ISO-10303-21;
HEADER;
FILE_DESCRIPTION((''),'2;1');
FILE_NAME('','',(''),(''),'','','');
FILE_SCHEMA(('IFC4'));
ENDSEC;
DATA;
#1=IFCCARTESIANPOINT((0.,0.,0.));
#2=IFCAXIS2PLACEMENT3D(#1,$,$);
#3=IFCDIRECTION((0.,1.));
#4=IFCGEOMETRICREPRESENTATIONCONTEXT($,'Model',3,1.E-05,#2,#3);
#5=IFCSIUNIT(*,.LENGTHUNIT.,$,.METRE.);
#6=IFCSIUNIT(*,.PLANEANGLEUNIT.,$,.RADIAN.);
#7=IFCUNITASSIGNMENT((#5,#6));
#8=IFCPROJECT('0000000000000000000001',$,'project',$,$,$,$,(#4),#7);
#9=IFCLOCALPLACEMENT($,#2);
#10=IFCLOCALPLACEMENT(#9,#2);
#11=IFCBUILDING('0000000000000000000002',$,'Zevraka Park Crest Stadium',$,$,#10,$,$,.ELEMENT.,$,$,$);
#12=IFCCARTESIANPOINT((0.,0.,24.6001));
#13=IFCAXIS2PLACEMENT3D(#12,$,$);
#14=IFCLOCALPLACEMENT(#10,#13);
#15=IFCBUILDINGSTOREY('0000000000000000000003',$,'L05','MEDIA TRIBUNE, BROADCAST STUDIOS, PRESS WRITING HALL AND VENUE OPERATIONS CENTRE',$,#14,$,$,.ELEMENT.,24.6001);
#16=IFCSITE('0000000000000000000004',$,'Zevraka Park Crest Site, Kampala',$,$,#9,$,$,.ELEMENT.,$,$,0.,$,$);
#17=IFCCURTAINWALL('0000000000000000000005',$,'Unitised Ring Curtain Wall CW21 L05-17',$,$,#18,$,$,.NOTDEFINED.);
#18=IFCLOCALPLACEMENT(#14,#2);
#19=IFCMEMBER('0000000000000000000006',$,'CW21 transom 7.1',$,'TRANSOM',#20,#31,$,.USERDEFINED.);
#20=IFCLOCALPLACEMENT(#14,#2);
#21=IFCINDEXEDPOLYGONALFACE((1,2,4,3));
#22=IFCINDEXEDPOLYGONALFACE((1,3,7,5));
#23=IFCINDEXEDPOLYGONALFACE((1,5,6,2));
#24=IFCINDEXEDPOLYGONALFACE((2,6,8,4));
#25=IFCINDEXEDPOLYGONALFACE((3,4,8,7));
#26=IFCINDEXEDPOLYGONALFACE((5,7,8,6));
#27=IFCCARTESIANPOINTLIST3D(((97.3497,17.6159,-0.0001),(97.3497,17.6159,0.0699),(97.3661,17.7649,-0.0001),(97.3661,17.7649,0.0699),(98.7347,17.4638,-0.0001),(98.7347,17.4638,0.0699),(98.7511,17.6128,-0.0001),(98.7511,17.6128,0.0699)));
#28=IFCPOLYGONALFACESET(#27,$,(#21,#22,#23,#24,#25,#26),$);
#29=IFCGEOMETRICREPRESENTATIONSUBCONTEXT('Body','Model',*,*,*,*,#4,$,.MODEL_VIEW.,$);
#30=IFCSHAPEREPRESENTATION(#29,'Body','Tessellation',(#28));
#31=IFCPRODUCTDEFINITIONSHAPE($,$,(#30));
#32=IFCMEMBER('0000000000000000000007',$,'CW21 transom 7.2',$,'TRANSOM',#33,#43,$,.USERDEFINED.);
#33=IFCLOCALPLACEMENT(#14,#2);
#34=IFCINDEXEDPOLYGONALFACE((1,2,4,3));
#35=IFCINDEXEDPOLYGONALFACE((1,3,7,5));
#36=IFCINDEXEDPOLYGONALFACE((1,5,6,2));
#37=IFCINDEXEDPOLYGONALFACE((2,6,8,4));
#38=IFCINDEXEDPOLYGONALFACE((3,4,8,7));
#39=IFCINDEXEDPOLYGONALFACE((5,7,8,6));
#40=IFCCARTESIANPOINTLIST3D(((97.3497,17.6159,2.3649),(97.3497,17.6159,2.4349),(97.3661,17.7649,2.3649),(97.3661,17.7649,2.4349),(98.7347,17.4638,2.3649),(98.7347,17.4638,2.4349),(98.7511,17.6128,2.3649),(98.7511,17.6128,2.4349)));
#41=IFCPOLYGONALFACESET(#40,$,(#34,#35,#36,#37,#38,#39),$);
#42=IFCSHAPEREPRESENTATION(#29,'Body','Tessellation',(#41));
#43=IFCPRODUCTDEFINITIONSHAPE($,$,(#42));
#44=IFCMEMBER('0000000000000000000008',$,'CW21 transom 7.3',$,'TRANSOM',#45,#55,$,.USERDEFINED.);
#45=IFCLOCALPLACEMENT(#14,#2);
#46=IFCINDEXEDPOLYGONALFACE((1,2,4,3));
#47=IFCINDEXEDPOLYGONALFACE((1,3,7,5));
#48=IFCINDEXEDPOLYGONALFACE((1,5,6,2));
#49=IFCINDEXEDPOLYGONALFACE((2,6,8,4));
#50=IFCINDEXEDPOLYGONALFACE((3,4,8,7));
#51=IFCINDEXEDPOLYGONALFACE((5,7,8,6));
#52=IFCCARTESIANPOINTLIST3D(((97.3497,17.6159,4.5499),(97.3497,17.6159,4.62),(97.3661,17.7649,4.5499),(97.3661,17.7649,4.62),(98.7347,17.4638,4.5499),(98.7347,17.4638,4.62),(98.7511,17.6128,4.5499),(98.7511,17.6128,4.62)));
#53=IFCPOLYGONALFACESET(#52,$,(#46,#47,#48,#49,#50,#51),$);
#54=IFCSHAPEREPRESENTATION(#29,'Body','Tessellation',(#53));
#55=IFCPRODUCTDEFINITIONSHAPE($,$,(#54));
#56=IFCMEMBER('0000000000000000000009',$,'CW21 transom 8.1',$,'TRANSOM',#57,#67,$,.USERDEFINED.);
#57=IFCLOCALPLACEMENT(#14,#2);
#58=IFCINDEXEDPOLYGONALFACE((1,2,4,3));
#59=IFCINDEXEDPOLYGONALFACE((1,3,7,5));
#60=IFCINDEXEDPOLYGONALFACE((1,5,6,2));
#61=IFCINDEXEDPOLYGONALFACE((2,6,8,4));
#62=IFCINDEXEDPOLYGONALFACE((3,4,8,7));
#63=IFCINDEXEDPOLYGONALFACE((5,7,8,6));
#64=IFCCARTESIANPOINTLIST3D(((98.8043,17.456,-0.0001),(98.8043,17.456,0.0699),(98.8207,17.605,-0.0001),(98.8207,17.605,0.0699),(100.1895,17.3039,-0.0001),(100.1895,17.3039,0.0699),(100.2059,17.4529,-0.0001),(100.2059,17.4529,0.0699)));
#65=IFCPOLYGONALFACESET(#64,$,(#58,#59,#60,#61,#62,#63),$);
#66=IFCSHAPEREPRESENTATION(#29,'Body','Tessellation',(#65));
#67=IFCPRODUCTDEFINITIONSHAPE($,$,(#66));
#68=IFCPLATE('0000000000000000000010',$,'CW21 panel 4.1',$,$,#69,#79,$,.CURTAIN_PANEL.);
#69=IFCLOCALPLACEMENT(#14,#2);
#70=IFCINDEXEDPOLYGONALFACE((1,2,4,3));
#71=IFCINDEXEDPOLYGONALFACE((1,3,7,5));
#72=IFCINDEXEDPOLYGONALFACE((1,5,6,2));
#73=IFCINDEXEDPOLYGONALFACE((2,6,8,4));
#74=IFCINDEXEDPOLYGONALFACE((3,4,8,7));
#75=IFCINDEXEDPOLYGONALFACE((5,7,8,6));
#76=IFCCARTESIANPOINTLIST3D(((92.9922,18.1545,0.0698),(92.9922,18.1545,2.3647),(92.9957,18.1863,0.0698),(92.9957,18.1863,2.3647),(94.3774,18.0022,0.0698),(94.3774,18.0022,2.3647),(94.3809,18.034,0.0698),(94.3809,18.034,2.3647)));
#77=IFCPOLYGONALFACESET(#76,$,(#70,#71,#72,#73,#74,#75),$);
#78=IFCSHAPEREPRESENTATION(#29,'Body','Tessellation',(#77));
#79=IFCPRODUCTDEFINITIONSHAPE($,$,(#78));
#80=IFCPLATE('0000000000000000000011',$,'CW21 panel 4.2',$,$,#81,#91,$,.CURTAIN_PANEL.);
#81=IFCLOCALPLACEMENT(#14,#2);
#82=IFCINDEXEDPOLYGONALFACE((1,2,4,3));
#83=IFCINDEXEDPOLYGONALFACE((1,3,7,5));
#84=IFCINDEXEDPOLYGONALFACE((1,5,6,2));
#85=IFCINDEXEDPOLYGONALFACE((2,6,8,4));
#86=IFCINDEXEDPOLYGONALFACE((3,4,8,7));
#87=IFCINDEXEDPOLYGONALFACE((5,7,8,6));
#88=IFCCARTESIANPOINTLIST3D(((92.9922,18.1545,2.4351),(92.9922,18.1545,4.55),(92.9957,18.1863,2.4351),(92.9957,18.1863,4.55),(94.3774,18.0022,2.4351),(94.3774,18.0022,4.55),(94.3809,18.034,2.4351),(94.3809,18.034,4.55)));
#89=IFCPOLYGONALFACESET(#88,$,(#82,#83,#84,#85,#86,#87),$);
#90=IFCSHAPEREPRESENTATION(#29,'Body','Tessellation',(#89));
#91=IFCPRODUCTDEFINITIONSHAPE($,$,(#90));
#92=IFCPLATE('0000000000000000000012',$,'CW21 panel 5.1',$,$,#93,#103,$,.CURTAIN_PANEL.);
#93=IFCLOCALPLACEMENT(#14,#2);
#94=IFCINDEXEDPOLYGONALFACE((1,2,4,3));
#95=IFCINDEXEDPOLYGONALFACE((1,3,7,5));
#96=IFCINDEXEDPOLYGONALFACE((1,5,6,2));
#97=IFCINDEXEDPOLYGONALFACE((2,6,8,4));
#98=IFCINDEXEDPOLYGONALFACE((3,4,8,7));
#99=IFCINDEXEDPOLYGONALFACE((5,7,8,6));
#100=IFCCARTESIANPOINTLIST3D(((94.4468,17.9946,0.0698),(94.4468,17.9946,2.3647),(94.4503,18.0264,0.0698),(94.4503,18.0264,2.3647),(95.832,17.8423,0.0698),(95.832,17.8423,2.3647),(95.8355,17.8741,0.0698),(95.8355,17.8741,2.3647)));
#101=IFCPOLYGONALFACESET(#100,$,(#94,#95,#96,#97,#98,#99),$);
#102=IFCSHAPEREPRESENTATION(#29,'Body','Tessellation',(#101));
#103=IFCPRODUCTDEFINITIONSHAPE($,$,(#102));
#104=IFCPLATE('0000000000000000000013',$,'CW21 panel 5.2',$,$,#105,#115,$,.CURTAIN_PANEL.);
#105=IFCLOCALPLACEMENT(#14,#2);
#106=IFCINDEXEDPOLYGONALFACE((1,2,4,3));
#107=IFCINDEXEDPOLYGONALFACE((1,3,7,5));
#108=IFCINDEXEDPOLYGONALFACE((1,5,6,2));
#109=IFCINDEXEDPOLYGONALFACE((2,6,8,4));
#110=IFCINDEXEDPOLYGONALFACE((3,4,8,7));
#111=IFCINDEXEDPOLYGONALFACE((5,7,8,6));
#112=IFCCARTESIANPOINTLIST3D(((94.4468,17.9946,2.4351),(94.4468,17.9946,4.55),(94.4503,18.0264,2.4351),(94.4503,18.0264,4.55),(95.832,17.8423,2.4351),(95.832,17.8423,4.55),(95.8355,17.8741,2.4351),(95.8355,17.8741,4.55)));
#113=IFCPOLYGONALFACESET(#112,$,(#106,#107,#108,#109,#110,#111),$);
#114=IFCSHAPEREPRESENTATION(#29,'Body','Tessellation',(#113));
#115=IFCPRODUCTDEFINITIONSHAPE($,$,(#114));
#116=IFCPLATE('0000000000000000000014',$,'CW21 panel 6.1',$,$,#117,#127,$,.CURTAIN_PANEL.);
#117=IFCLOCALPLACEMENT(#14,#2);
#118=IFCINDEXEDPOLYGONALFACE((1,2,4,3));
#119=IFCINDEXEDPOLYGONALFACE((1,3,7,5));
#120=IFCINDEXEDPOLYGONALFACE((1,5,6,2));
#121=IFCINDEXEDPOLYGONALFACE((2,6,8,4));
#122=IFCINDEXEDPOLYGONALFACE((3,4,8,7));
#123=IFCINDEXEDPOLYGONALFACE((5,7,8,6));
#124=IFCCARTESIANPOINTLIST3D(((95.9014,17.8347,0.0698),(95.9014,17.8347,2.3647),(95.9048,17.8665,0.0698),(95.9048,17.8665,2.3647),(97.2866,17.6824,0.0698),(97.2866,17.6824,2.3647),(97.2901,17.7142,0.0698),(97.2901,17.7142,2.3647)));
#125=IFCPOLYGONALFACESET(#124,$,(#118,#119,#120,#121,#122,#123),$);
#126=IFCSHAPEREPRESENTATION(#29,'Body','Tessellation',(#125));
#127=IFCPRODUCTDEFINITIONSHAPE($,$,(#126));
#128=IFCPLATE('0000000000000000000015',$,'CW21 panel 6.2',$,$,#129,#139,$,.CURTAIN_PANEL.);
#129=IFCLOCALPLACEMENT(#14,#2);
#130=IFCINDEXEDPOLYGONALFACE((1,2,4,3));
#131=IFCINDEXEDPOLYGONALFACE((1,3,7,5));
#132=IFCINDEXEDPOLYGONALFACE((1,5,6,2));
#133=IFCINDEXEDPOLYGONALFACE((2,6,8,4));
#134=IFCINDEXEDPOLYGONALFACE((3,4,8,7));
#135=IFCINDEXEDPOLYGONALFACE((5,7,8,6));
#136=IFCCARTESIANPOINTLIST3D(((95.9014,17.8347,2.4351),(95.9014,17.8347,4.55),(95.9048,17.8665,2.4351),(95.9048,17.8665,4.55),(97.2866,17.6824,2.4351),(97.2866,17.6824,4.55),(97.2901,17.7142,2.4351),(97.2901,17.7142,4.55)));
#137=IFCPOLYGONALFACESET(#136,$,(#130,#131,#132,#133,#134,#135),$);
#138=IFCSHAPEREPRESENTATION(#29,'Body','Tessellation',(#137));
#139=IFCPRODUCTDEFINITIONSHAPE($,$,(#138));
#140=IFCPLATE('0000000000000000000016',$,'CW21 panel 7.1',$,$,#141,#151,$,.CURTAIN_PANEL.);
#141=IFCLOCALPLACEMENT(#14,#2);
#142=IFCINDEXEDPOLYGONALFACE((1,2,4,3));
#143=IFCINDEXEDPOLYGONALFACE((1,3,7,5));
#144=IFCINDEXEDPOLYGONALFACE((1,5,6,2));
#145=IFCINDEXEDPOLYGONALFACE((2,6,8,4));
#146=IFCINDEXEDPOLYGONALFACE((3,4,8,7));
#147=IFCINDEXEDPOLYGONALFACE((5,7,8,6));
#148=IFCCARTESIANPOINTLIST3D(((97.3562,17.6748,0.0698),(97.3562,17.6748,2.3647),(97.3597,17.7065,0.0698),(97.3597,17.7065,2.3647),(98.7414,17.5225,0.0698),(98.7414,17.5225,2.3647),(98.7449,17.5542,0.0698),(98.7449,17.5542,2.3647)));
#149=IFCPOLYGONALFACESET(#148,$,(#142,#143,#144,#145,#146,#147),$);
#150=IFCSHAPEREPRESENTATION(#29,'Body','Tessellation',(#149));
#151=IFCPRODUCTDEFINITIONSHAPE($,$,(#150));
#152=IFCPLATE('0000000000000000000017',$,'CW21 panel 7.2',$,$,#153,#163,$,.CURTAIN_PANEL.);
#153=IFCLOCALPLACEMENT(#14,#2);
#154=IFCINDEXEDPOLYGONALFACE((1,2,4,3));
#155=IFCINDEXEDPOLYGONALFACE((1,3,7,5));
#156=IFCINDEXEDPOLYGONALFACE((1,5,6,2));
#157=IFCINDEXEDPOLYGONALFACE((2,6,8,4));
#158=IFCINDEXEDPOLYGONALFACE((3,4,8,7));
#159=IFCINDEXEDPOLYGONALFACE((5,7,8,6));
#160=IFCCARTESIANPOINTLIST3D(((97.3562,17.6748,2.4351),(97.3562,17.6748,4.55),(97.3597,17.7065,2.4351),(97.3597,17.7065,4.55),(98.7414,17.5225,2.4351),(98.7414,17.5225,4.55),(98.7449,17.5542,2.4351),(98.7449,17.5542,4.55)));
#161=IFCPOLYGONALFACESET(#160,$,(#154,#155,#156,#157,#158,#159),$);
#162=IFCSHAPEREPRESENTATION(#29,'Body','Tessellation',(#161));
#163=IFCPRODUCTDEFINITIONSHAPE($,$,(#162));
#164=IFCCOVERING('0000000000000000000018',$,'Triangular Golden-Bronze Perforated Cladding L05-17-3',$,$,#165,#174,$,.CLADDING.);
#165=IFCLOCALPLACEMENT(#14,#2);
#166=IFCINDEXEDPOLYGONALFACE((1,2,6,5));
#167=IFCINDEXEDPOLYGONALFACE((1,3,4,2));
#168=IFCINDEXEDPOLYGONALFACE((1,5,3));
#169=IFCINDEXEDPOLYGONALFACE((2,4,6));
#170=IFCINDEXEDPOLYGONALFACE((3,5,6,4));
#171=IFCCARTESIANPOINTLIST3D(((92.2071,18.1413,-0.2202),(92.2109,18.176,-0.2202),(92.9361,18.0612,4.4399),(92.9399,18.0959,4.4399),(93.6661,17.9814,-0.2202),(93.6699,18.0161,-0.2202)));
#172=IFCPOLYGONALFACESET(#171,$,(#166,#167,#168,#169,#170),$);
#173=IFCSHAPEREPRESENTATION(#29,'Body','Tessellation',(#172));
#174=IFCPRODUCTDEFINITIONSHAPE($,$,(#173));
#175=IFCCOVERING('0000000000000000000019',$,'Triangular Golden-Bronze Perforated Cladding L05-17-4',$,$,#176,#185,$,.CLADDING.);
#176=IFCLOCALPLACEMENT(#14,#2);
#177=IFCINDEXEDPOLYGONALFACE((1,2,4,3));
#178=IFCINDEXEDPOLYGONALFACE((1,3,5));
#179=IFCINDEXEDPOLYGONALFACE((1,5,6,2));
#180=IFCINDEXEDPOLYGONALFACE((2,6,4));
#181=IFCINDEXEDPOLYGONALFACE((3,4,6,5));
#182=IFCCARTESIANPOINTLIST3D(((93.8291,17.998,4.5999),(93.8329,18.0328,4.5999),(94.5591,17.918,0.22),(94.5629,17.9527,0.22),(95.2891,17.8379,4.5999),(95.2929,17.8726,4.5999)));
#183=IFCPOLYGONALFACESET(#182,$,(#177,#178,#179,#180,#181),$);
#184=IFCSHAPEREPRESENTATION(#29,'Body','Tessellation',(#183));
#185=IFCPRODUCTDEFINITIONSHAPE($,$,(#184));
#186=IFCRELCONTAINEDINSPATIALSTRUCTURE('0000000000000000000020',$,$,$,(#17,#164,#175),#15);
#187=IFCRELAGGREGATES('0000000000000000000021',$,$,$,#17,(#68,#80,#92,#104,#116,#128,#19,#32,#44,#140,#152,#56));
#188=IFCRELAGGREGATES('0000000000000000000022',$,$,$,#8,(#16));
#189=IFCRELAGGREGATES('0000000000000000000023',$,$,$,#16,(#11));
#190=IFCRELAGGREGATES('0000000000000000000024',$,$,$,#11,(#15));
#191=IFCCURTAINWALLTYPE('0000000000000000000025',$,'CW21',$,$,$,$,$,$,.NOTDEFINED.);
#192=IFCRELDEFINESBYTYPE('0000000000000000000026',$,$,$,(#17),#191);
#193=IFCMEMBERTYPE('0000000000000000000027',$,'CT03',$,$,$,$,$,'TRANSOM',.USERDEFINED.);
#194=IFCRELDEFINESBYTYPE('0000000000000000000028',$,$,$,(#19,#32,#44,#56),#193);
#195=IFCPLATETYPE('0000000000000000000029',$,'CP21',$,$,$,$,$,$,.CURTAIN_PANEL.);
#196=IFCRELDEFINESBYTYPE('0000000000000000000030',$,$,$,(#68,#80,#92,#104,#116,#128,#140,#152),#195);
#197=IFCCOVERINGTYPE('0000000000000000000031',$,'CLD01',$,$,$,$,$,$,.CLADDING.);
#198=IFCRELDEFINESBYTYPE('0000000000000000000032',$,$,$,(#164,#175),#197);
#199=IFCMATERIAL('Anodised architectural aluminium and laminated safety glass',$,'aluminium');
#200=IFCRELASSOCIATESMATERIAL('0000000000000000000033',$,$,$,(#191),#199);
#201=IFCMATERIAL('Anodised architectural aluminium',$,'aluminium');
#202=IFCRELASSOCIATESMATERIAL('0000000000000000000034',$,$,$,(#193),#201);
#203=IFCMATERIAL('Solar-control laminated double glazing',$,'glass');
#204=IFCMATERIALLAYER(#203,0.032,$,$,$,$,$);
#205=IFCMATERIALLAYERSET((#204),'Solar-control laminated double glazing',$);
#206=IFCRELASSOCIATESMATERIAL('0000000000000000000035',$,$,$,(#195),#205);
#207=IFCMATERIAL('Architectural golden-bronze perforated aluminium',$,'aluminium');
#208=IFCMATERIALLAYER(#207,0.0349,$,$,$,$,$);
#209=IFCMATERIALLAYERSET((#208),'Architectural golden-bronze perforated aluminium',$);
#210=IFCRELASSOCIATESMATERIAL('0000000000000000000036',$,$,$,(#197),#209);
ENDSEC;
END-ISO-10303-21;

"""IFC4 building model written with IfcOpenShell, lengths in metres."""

from ifc_helpers import new_model, si_unit, direction, frame, origin, origin_2d, place, context, subcontext, project, spatial, polyline, rectangle, outline, extrude, material, layer, layer_set, material_profile, profile_set, type_object, element, aggregate, save


model = new_model("IFC4")

# Units and contexts
model_context = context("Model", 3, precision=1e-05, world=origin(), true_north=direction((0.0, 1.0)))
body_context = subcontext(model_context, "Body", "Model", "MODEL_VIEW")
ifc_project = project(units=[si_unit("LENGTHUNIT", "METRE"), si_unit("PLANEANGLEUNIT", "RADIAN")], contexts=[model_context])

# Site, building, storey
site_placement = place(None, origin())
site = spatial("IfcSite", under=ifc_project, at=site_placement, Name="Zevraka Park Crest Site, Kampala", CompositionType="ELEMENT", RefElevation=0.0)
building_placement = place(site_placement, origin())
building = spatial("IfcBuilding", under=site, at=building_placement, Name="Zevraka Park Crest Stadium", CompositionType="ELEMENT")
storey_placement = place(building_placement, frame((0.0, 0.0, 24.6001)))
storey = spatial("IfcBuildingStorey", under=building, at=storey_placement, Name="L05", Description="MEDIA TRIBUNE, BROADCAST STUDIOS, PRESS WRITING HALL AND VENUE OPERATIONS CENTRE", CompositionType="ELEMENT", Elevation=24.6001)

# Curtain wall, members, plates
ifc_material_1 = material(Name="Anodised architectural aluminium and laminated safety glass", Category="aluminium")
curtain_wall_type = type_object("IfcCurtainWallType", Name="CW21", PredefinedType="NOTDEFINED", material=ifc_material_1)
curtain_wall_placement = place(storey_placement, origin())
curtain_wall = element("IfcCurtainWall", 1, at=curtain_wall_placement, inside=storey, type_object=curtain_wall_type, Name="Unitised Ring Curtain Wall CW21 L05-17", PredefinedType="NOTDEFINED")
ifc_material_2 = material(Name="Anodised architectural aluminium", Category="aluminium")
ifc_material_profile_1 = material_profile(ifc_material_2, rectangle(XDim=0.1499, YDim=0.0701, at=origin_2d()), Name="ALU TRANSOM 150x70")
ifc_profile_set_1 = profile_set([ifc_material_profile_1], Name="Anodised architectural aluminium")
member_type_1 = type_object("IfcMemberType", Name="CT03", ElementType="TRANSOM", PredefinedType="USERDEFINED", material=ifc_profile_set_1)
member_1_placement = place(storey_placement, frame((97.3579, 17.6904, 0.0349), z_axis=(0.994024, -0.109162, 0.0), x_axis=(0.109162, 0.994024, 0.0)))
member_1 = element("IfcMember", 2, at=member_1_placement, type_object=member_type_1, Name="CW21 transom 7.1", ObjectType="TRANSOM", PredefinedType="USERDEFINED", context=body_context, shape_type="SweptSolid", body=[
    extrude(rectangle(XDim=0.1499, YDim=0.0701, at=origin_2d()), origin(), (0.0, 0.0, 1.0), 1.3933),
])
member_2_placement = place(storey_placement, frame((97.3579, 17.6904, 2.3999), z_axis=(0.994024, -0.109162, 0.0), x_axis=(0.109162, 0.994024, 0.0)))
member_2 = element("IfcMember", 3, at=member_2_placement, type_object=member_type_1, Name="CW21 transom 7.2", ObjectType="TRANSOM", PredefinedType="USERDEFINED", context=body_context, shape_type="SweptSolid", body=[
    extrude(rectangle(XDim=0.1499, YDim=0.0701, at=origin_2d()), origin(), (0.0, 0.0, 1.0), 1.3933),
])
member_3_placement = place(storey_placement, frame((97.3579, 17.6904, 4.585), z_axis=(0.994024, -0.109162, 0.0), x_axis=(0.109162, 0.994024, 0.0)))
member_3 = element("IfcMember", 4, at=member_3_placement, type_object=member_type_1, Name="CW21 transom 7.3", ObjectType="TRANSOM", PredefinedType="USERDEFINED", context=body_context, shape_type="SweptSolid", body=[
    extrude(rectangle(XDim=0.1499, YDim=0.0701, at=origin_2d()), origin(), (0.0, 0.0, 1.0), 1.3933),
])
member_4_placement = place(storey_placement, frame((98.8125, 17.5305, 0.0349), z_axis=(0.994026, -0.109143, 0.0), x_axis=(0.109143, 0.994026, 0.0)))
member_4 = element("IfcMember", 5, at=member_4_placement, type_object=member_type_1, Name="CW21 transom 8.1", ObjectType="TRANSOM", PredefinedType="USERDEFINED", context=body_context, shape_type="SweptSolid", body=[
    extrude(rectangle(XDim=0.1499, YDim=0.0701, at=origin_2d()), origin(), (0.0, 0.0, 1.0), 1.3936),
])
ifc_material_3 = material(Name="Solar-control laminated double glazing", Category="glass")
ifc_layer_1 = layer(ifc_material_3, 0.032)
ifc_layer_set_1 = layer_set([ifc_layer_1], Name="Solar-control laminated double glazing")
plate_type = type_object("IfcPlateType", Name="CP21", PredefinedType="CURTAIN_PANEL", material=ifc_layer_set_1)
plate_1_placement = place(storey_placement, frame((93.6865, 18.0942, 0.0698), z_axis=(0.0, 0.0, 1.0), x_axis=(0.99401, -0.109288, 0.0)))
plate_1 = element("IfcPlate", 6, at=plate_1_placement, type_object=plate_type, Name="CW21 panel 4.1", PredefinedType="CURTAIN_PANEL", context=body_context, shape_type="SweptSolid", body=[
    extrude(rectangle(XDim=1.3936, YDim=0.032, at=origin_2d()), origin(), (0.0, 0.0, 1.0), 2.2949),
])
plate_2_placement = place(storey_placement, frame((93.6865, 18.0942, 2.4351), z_axis=(0.0, 0.0, 1.0), x_axis=(0.99401, -0.109288, 0.0)))
plate_2 = element("IfcPlate", 7, at=plate_2_placement, type_object=plate_type, Name="CW21 panel 4.2", PredefinedType="CURTAIN_PANEL", context=body_context, shape_type="SweptSolid", body=[
    extrude(rectangle(XDim=1.3936, YDim=0.032, at=origin_2d()), origin(), (0.0, 0.0, 1.0), 2.115),
])
plate_3_placement = place(storey_placement, frame((95.1411, 17.9343, 0.0698), z_axis=(0.0, 0.0, 1.0), x_axis=(0.99401, -0.109288, 0.0)))
plate_3 = element("IfcPlate", 8, at=plate_3_placement, type_object=plate_type, Name="CW21 panel 5.1", PredefinedType="CURTAIN_PANEL", context=body_context, shape_type="SweptSolid", body=[
    extrude(rectangle(XDim=1.3936, YDim=0.032, at=origin_2d()), origin(), (0.0, 0.0, 1.0), 2.2949),
])
plate_4_placement = place(storey_placement, frame((95.1411, 17.9343, 2.4351), z_axis=(0.0, 0.0, 1.0), x_axis=(0.99401, -0.109288, 0.0)))
plate_4 = element("IfcPlate", 9, at=plate_4_placement, type_object=plate_type, Name="CW21 panel 5.2", PredefinedType="CURTAIN_PANEL", context=body_context, shape_type="SweptSolid", body=[
    extrude(rectangle(XDim=1.3936, YDim=0.032, at=origin_2d()), origin(), (0.0, 0.0, 1.0), 2.115),
])
plate_5_placement = place(storey_placement, frame((96.5957, 17.7744, 0.0698), z_axis=(0.0, 0.0, 1.0), x_axis=(0.99401, -0.109288, 0.0)))
plate_5 = element("IfcPlate", 10, at=plate_5_placement, type_object=plate_type, Name="CW21 panel 6.1", PredefinedType="CURTAIN_PANEL", context=body_context, shape_type="SweptSolid", body=[
    extrude(rectangle(XDim=1.3936, YDim=0.032, at=origin_2d()), origin(), (0.0, 0.0, 1.0), 2.2949),
])
plate_6_placement = place(storey_placement, frame((96.5957, 17.7744, 2.4351), z_axis=(0.0, 0.0, 1.0), x_axis=(0.99401, -0.109288, 0.0)))
plate_6 = element("IfcPlate", 11, at=plate_6_placement, type_object=plate_type, Name="CW21 panel 6.2", PredefinedType="CURTAIN_PANEL", context=body_context, shape_type="SweptSolid", body=[
    extrude(rectangle(XDim=1.3936, YDim=0.032, at=origin_2d()), origin(), (0.0, 0.0, 1.0), 2.115),
])
plate_7_placement = place(storey_placement, frame((98.0505, 17.6145, 0.0698), z_axis=(0.0, 0.0, 1.0), x_axis=(0.99401, -0.109288, 0.0)))
plate_7 = element("IfcPlate", 12, at=plate_7_placement, type_object=plate_type, Name="CW21 panel 7.1", PredefinedType="CURTAIN_PANEL", context=body_context, shape_type="SweptSolid", body=[
    extrude(rectangle(XDim=1.3936, YDim=0.032, at=origin_2d()), origin(), (0.0, 0.0, 1.0), 2.2949),
])
plate_8_placement = place(storey_placement, frame((98.0505, 17.6145, 2.4351), z_axis=(0.0, 0.0, 1.0), x_axis=(0.99401, -0.109288, 0.0)))
plate_8 = element("IfcPlate", 13, at=plate_8_placement, type_object=plate_type, Name="CW21 panel 7.2", PredefinedType="CURTAIN_PANEL", context=body_context, shape_type="SweptSolid", body=[
    extrude(rectangle(XDim=1.3936, YDim=0.032, at=origin_2d()), origin(), (0.0, 0.0, 1.0), 2.115),
])
aggregate(curtain_wall, [plate_1, plate_2, plate_3, plate_4, plate_5, plate_6, member_1, member_2, member_3, plate_7, plate_8, member_4])

# Coverings
ifc_material_4 = material(Name="Architectural golden-bronze perforated aluminium", Category="aluminium")
ifc_layer_2 = layer(ifc_material_4, 0.0349)
ifc_layer_set_2 = layer_set([ifc_layer_2], Name="Architectural golden-bronze perforated aluminium")
covering_type = type_object("IfcCoveringType", Name="CLD01", PredefinedType="CLADDING", material=ifc_layer_set_2)
covering_1_placement = place(storey_placement, frame((92.2109, 18.176, -0.2202), z_axis=(0.108953, 0.994047, 0.000037), x_axis=(0.994047, -0.108953, 0.0)))
element("IfcCovering", 14, at=covering_1_placement, inside=storey, type_object=covering_type, Name="Triangular Golden-Bronze Perforated Cladding L05-17-3", PredefinedType="CLADDING", context=body_context, shape_type="SweptSolid", body=[
    extrude(outline(polyline([(0.0, 0.0), (1.4677, 0.0), (0.7334, -4.6602), (0.0, 0.0)])), origin(), (0.0, 0.0, -1.0), 0.0349),
])
covering_2_placement = place(storey_placement, frame((95.2891, 17.8379, 4.5999), z_axis=(-0.109045, -0.994037, 0.0), x_axis=(-0.994037, 0.109045, 0.0)))
element("IfcCovering", 15, at=covering_2_placement, inside=storey, type_object=covering_type, Name="Triangular Golden-Bronze Perforated Cladding L05-17-4", PredefinedType="CLADDING", context=body_context, shape_type="SweptSolid", body=[
    extrude(outline(polyline([(0.0, 0.0), (1.4687, 0.0), (0.7344, 4.3799), (0.0, 0.0)])), origin(), (0.0, 0.0, -1.0), 0.0349),
])

save(model, "model.ifc")
